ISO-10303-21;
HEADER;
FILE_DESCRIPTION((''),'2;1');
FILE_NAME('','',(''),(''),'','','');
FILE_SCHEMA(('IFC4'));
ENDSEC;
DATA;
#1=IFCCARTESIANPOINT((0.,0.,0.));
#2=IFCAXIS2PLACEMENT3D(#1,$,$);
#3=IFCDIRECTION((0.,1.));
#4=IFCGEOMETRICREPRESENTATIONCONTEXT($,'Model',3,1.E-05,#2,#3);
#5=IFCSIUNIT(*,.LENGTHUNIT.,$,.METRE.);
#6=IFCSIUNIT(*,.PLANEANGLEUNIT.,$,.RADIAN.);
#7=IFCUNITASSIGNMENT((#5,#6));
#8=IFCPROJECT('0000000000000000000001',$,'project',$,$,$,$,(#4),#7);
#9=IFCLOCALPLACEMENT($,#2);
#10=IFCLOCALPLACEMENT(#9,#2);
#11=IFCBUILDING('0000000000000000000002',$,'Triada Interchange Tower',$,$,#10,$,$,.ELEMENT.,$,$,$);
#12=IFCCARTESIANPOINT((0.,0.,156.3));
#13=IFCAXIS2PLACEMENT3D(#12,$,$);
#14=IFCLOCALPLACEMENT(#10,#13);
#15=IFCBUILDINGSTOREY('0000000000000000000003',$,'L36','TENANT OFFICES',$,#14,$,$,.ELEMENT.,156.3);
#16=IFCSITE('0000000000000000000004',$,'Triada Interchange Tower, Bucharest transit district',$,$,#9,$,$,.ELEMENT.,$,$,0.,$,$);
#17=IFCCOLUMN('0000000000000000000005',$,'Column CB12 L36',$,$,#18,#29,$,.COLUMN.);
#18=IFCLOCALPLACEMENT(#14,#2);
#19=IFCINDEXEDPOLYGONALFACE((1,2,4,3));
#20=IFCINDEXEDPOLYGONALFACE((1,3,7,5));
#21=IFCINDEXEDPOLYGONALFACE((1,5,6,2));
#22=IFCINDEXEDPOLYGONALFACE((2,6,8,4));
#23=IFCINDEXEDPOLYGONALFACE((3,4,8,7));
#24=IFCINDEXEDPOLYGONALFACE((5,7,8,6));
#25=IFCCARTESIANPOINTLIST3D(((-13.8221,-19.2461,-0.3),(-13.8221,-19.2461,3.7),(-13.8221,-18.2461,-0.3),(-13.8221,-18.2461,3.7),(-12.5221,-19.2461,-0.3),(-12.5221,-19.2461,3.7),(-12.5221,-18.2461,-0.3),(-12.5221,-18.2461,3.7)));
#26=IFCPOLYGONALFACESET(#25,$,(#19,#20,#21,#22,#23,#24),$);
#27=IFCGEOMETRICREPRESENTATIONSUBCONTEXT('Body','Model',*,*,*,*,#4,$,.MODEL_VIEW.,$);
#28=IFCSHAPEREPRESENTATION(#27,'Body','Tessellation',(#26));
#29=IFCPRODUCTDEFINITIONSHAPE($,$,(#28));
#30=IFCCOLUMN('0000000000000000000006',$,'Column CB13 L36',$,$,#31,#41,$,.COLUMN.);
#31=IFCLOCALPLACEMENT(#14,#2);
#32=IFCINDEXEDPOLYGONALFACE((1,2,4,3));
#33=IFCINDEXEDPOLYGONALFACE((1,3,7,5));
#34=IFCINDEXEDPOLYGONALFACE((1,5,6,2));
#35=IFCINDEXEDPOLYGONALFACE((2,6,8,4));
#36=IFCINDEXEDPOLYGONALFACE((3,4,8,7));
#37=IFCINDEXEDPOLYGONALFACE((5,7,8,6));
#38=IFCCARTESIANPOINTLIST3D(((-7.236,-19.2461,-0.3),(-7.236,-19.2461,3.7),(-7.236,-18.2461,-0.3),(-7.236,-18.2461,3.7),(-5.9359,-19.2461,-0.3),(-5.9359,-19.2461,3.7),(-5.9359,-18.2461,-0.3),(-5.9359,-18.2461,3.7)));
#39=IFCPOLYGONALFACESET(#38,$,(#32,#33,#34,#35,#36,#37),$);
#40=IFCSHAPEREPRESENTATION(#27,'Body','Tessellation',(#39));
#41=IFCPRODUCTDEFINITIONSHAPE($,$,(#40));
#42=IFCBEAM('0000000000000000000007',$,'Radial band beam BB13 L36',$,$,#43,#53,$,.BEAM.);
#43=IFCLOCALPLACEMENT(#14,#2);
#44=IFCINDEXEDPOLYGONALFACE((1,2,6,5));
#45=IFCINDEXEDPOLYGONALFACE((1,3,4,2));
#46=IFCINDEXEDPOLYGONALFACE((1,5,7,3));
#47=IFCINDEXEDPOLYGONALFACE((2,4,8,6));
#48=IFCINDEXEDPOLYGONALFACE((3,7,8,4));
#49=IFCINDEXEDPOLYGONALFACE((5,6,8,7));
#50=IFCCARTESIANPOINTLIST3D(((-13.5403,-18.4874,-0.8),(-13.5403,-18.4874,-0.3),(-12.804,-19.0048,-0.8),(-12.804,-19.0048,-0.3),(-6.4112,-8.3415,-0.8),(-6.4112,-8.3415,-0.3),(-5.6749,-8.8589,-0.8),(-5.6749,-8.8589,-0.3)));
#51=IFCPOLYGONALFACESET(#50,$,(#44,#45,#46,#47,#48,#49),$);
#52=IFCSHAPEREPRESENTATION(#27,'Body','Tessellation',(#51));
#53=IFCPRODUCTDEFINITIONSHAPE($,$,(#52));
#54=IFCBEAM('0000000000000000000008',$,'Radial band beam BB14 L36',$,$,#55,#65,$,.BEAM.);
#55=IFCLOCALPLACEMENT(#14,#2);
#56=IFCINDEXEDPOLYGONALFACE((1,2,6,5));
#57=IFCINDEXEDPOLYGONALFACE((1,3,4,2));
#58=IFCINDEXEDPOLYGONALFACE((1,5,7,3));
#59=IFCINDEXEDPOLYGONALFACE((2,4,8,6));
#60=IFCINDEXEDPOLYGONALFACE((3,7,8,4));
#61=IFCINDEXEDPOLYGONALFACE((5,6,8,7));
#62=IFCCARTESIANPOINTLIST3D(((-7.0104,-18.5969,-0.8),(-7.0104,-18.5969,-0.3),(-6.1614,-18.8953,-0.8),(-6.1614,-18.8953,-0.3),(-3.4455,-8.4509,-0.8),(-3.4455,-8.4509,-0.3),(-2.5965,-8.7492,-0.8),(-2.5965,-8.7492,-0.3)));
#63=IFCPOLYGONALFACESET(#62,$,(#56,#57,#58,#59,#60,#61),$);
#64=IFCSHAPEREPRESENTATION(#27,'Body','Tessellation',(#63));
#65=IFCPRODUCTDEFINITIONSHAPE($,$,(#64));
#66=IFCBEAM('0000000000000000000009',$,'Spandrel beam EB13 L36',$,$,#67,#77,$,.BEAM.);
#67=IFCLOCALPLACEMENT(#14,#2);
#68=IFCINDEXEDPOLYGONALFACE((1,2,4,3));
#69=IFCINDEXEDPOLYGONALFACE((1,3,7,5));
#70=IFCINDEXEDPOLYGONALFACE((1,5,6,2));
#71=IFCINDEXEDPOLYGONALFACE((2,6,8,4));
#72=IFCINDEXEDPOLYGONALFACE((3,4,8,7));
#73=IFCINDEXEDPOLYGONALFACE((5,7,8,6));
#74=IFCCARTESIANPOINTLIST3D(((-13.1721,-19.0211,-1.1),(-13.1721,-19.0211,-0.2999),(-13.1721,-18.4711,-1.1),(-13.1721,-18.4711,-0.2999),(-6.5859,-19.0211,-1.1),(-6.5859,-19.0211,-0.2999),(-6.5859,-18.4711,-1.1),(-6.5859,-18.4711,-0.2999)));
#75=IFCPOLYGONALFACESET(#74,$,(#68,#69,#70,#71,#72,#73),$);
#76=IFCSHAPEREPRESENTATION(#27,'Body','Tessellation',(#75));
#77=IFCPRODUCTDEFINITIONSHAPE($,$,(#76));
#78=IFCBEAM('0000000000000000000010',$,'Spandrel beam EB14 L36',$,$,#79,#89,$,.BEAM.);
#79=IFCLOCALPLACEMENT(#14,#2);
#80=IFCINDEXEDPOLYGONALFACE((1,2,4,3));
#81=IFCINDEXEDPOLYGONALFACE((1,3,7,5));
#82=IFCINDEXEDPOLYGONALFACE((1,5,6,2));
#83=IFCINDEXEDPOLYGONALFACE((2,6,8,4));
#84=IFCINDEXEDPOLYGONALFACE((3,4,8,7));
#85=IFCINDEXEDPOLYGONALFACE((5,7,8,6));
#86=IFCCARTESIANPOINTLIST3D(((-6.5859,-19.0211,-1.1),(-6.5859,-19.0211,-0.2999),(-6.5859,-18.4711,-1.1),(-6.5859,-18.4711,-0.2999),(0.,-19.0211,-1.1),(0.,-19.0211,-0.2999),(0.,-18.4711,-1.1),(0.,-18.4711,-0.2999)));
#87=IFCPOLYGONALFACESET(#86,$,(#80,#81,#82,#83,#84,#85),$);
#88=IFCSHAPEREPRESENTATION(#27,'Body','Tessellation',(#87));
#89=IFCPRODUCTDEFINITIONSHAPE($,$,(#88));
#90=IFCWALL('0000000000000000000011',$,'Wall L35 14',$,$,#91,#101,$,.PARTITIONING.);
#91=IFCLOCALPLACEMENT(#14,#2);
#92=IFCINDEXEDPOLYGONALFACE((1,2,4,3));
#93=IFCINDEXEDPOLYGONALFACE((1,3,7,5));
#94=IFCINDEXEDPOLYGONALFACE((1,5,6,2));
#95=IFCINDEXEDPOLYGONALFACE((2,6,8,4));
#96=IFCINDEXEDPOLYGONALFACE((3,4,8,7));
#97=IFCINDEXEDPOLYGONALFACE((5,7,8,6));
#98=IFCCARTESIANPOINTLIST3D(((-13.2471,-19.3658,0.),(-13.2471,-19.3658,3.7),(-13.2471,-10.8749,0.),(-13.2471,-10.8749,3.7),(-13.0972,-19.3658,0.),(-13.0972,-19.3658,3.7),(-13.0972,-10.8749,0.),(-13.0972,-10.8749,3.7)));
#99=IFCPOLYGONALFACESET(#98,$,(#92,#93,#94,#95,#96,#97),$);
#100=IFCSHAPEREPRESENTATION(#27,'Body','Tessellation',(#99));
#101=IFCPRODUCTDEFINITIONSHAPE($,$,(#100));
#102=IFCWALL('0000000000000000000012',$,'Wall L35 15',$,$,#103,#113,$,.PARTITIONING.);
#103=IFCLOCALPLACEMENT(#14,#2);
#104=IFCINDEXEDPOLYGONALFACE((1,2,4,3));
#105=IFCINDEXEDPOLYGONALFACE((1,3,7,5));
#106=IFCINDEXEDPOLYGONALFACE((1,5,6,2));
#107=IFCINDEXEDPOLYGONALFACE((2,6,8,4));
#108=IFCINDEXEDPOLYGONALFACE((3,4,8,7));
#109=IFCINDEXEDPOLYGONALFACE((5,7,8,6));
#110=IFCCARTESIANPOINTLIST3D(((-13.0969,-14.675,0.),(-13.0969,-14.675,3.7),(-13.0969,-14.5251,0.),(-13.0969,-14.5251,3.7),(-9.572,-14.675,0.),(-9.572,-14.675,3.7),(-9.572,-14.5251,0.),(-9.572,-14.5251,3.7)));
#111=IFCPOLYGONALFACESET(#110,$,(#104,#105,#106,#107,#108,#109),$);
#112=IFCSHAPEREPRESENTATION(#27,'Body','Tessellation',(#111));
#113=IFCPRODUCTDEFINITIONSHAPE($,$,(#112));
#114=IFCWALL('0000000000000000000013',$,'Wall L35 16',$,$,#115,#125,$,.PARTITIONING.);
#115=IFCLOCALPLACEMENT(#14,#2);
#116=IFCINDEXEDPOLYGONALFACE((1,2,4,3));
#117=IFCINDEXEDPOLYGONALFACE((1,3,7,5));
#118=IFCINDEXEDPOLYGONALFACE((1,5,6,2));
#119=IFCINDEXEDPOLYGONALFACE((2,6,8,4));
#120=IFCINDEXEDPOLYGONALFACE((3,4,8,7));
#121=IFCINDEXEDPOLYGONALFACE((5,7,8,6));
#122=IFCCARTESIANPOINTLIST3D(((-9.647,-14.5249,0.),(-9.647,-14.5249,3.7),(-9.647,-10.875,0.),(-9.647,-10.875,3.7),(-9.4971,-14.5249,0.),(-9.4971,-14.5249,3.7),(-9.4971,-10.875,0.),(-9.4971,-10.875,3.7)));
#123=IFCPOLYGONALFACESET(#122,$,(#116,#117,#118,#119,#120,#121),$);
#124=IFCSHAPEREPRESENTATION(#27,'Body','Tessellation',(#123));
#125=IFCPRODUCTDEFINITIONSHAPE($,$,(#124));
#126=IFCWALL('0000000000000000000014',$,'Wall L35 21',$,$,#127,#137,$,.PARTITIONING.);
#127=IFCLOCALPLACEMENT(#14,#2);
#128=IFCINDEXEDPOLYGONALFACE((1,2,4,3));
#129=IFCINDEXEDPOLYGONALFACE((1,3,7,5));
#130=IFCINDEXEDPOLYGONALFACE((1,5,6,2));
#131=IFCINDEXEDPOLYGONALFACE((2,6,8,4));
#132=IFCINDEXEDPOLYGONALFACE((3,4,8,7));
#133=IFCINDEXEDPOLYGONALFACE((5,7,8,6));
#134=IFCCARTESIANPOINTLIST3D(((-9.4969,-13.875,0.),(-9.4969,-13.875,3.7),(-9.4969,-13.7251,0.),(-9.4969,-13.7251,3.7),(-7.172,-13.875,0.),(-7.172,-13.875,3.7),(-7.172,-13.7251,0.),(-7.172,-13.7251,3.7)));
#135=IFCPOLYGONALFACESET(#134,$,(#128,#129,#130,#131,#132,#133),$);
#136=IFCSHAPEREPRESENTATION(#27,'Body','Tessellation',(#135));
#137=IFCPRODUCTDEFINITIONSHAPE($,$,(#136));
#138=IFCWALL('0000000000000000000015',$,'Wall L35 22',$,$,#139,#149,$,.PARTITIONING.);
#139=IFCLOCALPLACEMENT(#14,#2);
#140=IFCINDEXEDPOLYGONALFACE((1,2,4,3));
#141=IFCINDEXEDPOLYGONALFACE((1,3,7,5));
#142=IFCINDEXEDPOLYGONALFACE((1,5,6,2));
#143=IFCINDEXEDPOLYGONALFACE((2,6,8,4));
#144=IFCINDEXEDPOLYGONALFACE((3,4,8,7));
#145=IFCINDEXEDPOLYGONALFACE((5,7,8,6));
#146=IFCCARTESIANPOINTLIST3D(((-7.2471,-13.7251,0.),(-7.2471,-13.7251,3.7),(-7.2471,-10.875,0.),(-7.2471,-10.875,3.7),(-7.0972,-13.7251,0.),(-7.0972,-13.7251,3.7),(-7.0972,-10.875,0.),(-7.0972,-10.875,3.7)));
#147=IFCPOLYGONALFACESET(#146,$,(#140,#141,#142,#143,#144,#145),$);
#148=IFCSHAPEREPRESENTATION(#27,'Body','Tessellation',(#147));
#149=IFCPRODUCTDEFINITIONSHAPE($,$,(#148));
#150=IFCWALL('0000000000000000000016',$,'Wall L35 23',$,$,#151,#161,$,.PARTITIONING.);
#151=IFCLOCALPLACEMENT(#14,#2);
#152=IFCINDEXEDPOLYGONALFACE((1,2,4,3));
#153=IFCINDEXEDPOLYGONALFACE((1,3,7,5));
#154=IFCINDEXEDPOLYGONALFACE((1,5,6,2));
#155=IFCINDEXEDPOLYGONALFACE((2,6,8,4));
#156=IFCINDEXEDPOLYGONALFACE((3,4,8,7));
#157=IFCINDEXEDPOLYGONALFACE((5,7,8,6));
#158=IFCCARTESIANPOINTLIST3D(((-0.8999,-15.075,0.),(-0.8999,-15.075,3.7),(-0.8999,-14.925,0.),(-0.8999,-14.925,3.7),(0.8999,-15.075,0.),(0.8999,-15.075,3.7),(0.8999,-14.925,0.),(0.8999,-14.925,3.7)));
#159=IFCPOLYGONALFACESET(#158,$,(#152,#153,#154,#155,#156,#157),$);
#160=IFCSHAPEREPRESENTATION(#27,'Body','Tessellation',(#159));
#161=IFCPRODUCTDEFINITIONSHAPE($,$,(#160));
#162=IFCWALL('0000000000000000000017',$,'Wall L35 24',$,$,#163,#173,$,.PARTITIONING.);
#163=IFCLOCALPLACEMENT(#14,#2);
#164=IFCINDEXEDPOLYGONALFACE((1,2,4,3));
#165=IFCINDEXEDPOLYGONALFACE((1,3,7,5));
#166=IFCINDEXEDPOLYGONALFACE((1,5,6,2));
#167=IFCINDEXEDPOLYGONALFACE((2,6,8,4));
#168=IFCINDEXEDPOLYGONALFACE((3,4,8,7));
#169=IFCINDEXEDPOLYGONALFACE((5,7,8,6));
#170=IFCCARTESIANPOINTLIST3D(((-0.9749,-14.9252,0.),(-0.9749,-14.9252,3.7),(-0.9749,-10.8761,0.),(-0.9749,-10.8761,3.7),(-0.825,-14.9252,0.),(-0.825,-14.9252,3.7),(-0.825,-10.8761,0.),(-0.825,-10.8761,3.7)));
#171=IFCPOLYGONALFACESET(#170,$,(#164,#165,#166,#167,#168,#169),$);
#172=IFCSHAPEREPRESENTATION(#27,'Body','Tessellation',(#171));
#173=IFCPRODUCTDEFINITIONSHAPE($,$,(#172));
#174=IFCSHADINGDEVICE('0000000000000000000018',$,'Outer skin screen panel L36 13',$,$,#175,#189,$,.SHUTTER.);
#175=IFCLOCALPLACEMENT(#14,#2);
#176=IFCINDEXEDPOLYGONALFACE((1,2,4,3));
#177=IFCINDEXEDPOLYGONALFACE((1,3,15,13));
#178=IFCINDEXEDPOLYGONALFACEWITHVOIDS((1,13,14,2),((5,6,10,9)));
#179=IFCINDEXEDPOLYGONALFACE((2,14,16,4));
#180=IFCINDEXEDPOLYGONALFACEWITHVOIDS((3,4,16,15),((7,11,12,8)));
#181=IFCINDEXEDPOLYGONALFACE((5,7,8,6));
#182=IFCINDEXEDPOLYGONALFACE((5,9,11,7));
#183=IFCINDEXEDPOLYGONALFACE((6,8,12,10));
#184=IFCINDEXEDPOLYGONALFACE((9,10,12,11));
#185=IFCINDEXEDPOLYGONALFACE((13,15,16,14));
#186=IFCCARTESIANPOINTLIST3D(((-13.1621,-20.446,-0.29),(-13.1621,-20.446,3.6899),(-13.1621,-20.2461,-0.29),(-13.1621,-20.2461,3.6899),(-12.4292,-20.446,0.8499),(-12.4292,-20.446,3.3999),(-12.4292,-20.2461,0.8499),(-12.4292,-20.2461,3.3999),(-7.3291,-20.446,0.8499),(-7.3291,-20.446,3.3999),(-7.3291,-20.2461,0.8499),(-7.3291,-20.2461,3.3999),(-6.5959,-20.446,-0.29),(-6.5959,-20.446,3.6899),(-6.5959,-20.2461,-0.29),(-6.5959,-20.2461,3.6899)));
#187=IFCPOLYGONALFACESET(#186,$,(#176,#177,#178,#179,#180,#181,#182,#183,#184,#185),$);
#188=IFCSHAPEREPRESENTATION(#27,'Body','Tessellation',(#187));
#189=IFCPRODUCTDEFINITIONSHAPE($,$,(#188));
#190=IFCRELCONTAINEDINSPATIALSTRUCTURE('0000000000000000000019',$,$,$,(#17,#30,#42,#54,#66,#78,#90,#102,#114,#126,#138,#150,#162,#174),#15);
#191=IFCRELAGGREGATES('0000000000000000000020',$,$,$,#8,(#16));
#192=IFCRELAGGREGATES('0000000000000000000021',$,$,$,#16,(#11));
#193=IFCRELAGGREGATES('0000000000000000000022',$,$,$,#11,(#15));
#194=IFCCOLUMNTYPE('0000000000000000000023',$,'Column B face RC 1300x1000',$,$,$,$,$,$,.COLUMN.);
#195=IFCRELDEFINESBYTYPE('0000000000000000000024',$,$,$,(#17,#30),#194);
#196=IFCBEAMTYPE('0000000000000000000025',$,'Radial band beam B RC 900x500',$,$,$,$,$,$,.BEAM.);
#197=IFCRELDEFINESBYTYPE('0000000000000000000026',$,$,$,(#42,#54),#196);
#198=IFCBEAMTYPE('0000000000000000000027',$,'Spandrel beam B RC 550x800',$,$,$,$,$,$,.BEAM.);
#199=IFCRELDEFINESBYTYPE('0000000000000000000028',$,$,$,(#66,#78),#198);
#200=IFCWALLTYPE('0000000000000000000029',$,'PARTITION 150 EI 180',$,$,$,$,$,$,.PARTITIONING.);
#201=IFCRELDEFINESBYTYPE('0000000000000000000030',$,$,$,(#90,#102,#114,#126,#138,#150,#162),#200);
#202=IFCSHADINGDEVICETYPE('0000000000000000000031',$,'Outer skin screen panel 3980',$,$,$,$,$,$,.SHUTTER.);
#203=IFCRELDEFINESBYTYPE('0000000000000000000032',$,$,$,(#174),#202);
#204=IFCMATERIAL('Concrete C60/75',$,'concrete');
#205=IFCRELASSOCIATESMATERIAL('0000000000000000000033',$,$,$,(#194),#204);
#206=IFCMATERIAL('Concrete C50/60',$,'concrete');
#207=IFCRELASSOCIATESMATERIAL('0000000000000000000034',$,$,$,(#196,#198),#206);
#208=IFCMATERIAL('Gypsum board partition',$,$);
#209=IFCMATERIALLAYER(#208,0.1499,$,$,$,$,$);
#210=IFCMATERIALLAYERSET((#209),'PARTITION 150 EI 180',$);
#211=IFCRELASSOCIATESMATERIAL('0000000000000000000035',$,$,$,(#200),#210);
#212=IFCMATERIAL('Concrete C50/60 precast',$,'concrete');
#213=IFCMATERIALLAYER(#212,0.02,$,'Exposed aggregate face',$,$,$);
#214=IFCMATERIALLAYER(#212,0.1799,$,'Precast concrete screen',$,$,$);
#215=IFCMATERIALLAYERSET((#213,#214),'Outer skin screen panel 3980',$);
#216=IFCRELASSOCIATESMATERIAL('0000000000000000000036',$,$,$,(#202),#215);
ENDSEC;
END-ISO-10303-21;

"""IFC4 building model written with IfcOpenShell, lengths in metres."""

from ifc_helpers import new_model, si_unit, direction, frame, frame_2d, origin, origin_2d, place, context, subcontext, project, spatial, polyline, rectangle, outline, extrude, material, layer, layer_set, material_profile, profile_set, type_object, element, save


model = new_model("IFC4")

# Units and contexts
model_context = context("Model", 3, precision=1e-05, world=origin(), true_north=direction((0.0, 1.0)))
body_context = subcontext(model_context, "Body", "Model", "MODEL_VIEW")
ifc_project = project(units=[si_unit("LENGTHUNIT", "METRE"), si_unit("PLANEANGLEUNIT", "RADIAN")], contexts=[model_context])

# Site, building, storey
site_placement = place(None, origin())
site = spatial("IfcSite", under=ifc_project, at=site_placement, Name="Triada Interchange Tower, Bucharest transit district", CompositionType="ELEMENT", RefElevation=0.0)
building_placement = place(site_placement, origin())
building = spatial("IfcBuilding", under=site, at=building_placement, Name="Triada Interchange Tower", CompositionType="ELEMENT")
storey_placement = place(building_placement, frame((0.0, 0.0, 156.3)))
storey = spatial("IfcBuildingStorey", under=building, at=storey_placement, Name="L36", Description="TENANT OFFICES", CompositionType="ELEMENT", Elevation=156.3)

# Columns
ifc_material_1 = material(Name="Concrete C60/75", Category="concrete")
ifc_material_profile_1 = material_profile(ifc_material_1, rectangle(XDim=1.3, YDim=1.0, at=origin_2d()), Name="RC 1300x1000")
ifc_profile_set_1 = profile_set([ifc_material_profile_1], Name="Concrete C60/75")
column_type = type_object("IfcColumnType", Name="Column B face RC 1300x1000", PredefinedType="COLUMN", material=ifc_profile_set_1)
for number, where, z_axis, x_axis, name in (
    (1, (-13.1721, -18.7461, -0.3), (0.0, 0.0, 1.0), (1.0, 0.0, 0.0), "Column CB12 L36"),
    (2, (-6.5859, -18.7461, -0.3), (0.0, 0.0, 1.0), (1.0, 0.0, 0.0), "Column CB13 L36"),
):
    element("IfcColumn", number, at=place(storey_placement, frame(where, z_axis=z_axis, x_axis=x_axis)), inside=storey, type_object=column_type, Name=name, PredefinedType="COLUMN", context=body_context, shape_type="SweptSolid", body=[
        extrude(rectangle(XDim=1.3, YDim=1.0, at=origin_2d()), origin(), (0.0, 0.0, 1.0), 4.0),
    ])

# Beams
ifc_material_2 = material(Name="Concrete C50/60", Category="concrete")
ifc_material_profile_2 = material_profile(ifc_material_2, rectangle(XDim=0.8999, YDim=0.5, at=origin_2d()), Name="RC 900x500")
ifc_profile_set_2 = profile_set([ifc_material_profile_2], Name="Concrete C50/60")
beam_type_1 = type_object("IfcBeamType", Name="Radial band beam B RC 900x500", PredefinedType="BEAM", material=ifc_profile_set_2)
beam_1_placement = place(storey_placement, frame((-13.1721, -18.7461, -0.55), z_axis=(0.57492, 0.818209, 0.0), x_axis=(-0.818209, 0.57492, 0.0)))
element("IfcBeam", 3, at=beam_1_placement, inside=storey, type_object=beam_type_1, Name="Radial band beam BB13 L36", PredefinedType="BEAM", context=body_context, shape_type="SweptSolid", body=[
    extrude(rectangle(XDim=0.8999, YDim=0.5, at=origin_2d()), origin(), (0.0, 0.0, 1.0), 12.4001),
])
beam_2_placement = place(storey_placement, frame((-6.5859, -18.7461, -0.55), z_axis=(0.331497, 0.943456, 0.0), x_axis=(-0.943456, 0.331497, 0.0)))
element("IfcBeam", 4, at=beam_2_placement, inside=storey, type_object=beam_type_1, Name="Radial band beam BB14 L36", PredefinedType="BEAM", context=body_context, shape_type="SweptSolid", body=[
    extrude(rectangle(XDim=0.8999, YDim=0.5, at=origin_2d()), origin(), (0.0, 0.0, 1.0), 10.7542),
])
ifc_material_profile_3 = material_profile(ifc_material_2, rectangle(XDim=0.55, YDim=0.8, at=origin_2d()), Name="RC 550x800")
ifc_profile_set_3 = profile_set([ifc_material_profile_3], Name="Concrete C50/60")
beam_type_2 = type_object("IfcBeamType", Name="Spandrel beam B RC 550x800", PredefinedType="BEAM", material=ifc_profile_set_3)
beam_3_placement = place(storey_placement, frame((-13.1721, -18.7461, -0.7), z_axis=(1.0, 0.0, 0.0), x_axis=(0.0, 1.0, 0.0)))
element("IfcBeam", 5, at=beam_3_placement, inside=storey, type_object=beam_type_2, Name="Spandrel beam EB13 L36", PredefinedType="BEAM", context=body_context, shape_type="SweptSolid", body=[
    extrude(rectangle(XDim=0.55, YDim=0.8, at=origin_2d()), origin(), (0.0, 0.0, 1.0), 6.5862),
])
beam_4_placement = place(storey_placement, frame((-6.5859, -18.7461, -0.7), z_axis=(1.0, 0.0, 0.0), x_axis=(0.0, 1.0, 0.0)))
element("IfcBeam", 6, at=beam_4_placement, inside=storey, type_object=beam_type_2, Name="Spandrel beam EB14 L36", PredefinedType="BEAM", context=body_context, shape_type="SweptSolid", body=[
    extrude(rectangle(XDim=0.55, YDim=0.8, at=origin_2d()), origin(), (0.0, 0.0, 1.0), 6.5859),
])

# Walls
ifc_material_3 = material(Name="Gypsum board partition")
ifc_layer_1 = layer(ifc_material_3, 0.1499)
ifc_layer_set_1 = layer_set([ifc_layer_1], Name="PARTITION 150 EI 180")
wall_type = type_object("IfcWallType", Name="PARTITION 150 EI 180", PredefinedType="PARTITIONING", material=ifc_layer_set_1)
wall_1_placement = place(storey_placement, frame((-13.1721, -19.366, 0.0), z_axis=(0.0, 0.0, 1.0), x_axis=(0.0, 1.0, 0.0)))
element("IfcWall", 7, at=wall_1_placement, inside=storey, type_object=wall_type, Name="Wall L35 14", PredefinedType="PARTITIONING", context=body_context, shape_type="SweptSolid", body=[
    extrude(rectangle(XDim=8.491, YDim=0.1499, at=frame_2d((4.2456, 0.0))), origin(), (0.0, 0.0, 1.0), 3.7),
])
wall_2_placement = place(storey_placement, frame((-13.0969, -14.6001, 0.0), z_axis=(0.0, 0.0, 1.0), x_axis=(1.0, 0.0, 0.0)))
element("IfcWall", 8, at=wall_2_placement, inside=storey, type_object=wall_type, Name="Wall L35 15", PredefinedType="PARTITIONING", context=body_context, shape_type="SweptSolid", body=[
    extrude(rectangle(XDim=3.5249, YDim=0.1499, at=frame_2d((1.7625, 0.0))), origin(), (0.0, 0.0, 1.0), 3.7),
])
wall_3_placement = place(storey_placement, frame((-9.572, -14.5249, 0.0), z_axis=(0.0, 0.0, 1.0), x_axis=(0.0, 1.0, 0.0)))
element("IfcWall", 9, at=wall_3_placement, inside=storey, type_object=wall_type, Name="Wall L35 16", PredefinedType="PARTITIONING", context=body_context, shape_type="SweptSolid", body=[
    extrude(rectangle(XDim=3.6499, YDim=0.1499, at=frame_2d((1.825, 0.0))), origin(), (0.0, 0.0, 1.0), 3.7),
])
wall_4_placement = place(storey_placement, frame((-9.4971, -13.8, 0.0), z_axis=(0.0, 0.0, 1.0), x_axis=(1.0, 0.0, 0.0)))
element("IfcWall", 10, at=wall_4_placement, inside=storey, type_object=wall_type, Name="Wall L35 21", PredefinedType="PARTITIONING", context=body_context, shape_type="SweptSolid", body=[
    extrude(rectangle(XDim=2.325, YDim=0.1499, at=frame_2d((1.1626, 0.0))), origin(), (0.0, 0.0, 1.0), 3.7),
])
wall_5_placement = place(storey_placement, frame((-7.1721, -13.7251, 0.0), z_axis=(0.0, 0.0, 1.0), x_axis=(0.0, 1.0, 0.0)))
element("IfcWall", 11, at=wall_5_placement, inside=storey, type_object=wall_type, Name="Wall L35 22", PredefinedType="PARTITIONING", context=body_context, shape_type="SweptSolid", body=[
    extrude(rectangle(XDim=2.8501, YDim=0.1499, at=frame_2d((1.425, 0.0))), origin(), (0.0, 0.0, 1.0), 3.7),
])
wall_6_placement = place(storey_placement, frame((-0.8999, -15.0, 0.0), z_axis=(0.0, 0.0, 1.0), x_axis=(1.0, 0.0, 0.0)))
element("IfcWall", 12, at=wall_6_placement, inside=storey, type_object=wall_type, Name="Wall L35 23", PredefinedType="PARTITIONING", context=body_context, shape_type="SweptSolid", body=[
    extrude(rectangle(XDim=1.7998, YDim=0.1499, at=frame_2d((0.8999, 0.0))), origin(), (0.0, 0.0, 1.0), 3.7),
])
wall_7_placement = place(storey_placement, frame((-0.8999, -14.925, 0.0), z_axis=(0.0, 0.0, 1.0), x_axis=(0.0, 1.0, 0.0)))
element("IfcWall", 13, at=wall_7_placement, inside=storey, type_object=wall_type, Name="Wall L35 24", PredefinedType="PARTITIONING", context=body_context, shape_type="SweptSolid", body=[
    extrude(rectangle(XDim=4.0491, YDim=0.1499, at=frame_2d((2.0244, 0.0))), origin(), (0.0, 0.0, 1.0), 3.7),
])

# Shading device
ifc_material_4 = material(Name="Concrete C50/60 precast", Category="concrete")
ifc_layer_2 = layer(ifc_material_4, 0.02, Name="Exposed aggregate face")
ifc_layer_3 = layer(ifc_material_4, 0.1799, Name="Precast concrete screen")
ifc_layer_set_2 = layer_set([ifc_layer_2, ifc_layer_3], Name="Outer skin screen panel 3980")
shading_device_type = type_object("IfcShadingDeviceType", Name="Outer skin screen panel 3980", PredefinedType="SHUTTER", material=ifc_layer_set_2)
shading_device_1_placement = place(storey_placement, frame((-13.1621, -20.2461, -0.29), z_axis=(0.0, 0.0, 1.0), x_axis=(1.0, 0.0, 0.0)))
element("IfcShadingDevice", 14, at=shading_device_1_placement, inside=storey, type_object=shading_device_type, Name="Outer skin screen panel L36 13", PredefinedType="SHUTTER", context=body_context, shape_type="SweptSolid", body=[
    extrude(outline(polyline([(0.0, 0.0), (6.5662, 0.0), (6.5662, 3.98), (0.0, 3.98), (0.0, 0.0)]), holes=[polyline([(0.7329, 1.1399), (0.7329, 3.6899), (5.833, 3.6899), (5.833, 1.1399), (0.7329, 1.1399)])]), frame((0.0, 0.0, 0.0), z_axis=(0.0, -1.0, 0.0), x_axis=(1.0, 0.0, 0.0)), (0.0, 0.0, 1.0), 0.2),
])

save(model, "model.ifc")
